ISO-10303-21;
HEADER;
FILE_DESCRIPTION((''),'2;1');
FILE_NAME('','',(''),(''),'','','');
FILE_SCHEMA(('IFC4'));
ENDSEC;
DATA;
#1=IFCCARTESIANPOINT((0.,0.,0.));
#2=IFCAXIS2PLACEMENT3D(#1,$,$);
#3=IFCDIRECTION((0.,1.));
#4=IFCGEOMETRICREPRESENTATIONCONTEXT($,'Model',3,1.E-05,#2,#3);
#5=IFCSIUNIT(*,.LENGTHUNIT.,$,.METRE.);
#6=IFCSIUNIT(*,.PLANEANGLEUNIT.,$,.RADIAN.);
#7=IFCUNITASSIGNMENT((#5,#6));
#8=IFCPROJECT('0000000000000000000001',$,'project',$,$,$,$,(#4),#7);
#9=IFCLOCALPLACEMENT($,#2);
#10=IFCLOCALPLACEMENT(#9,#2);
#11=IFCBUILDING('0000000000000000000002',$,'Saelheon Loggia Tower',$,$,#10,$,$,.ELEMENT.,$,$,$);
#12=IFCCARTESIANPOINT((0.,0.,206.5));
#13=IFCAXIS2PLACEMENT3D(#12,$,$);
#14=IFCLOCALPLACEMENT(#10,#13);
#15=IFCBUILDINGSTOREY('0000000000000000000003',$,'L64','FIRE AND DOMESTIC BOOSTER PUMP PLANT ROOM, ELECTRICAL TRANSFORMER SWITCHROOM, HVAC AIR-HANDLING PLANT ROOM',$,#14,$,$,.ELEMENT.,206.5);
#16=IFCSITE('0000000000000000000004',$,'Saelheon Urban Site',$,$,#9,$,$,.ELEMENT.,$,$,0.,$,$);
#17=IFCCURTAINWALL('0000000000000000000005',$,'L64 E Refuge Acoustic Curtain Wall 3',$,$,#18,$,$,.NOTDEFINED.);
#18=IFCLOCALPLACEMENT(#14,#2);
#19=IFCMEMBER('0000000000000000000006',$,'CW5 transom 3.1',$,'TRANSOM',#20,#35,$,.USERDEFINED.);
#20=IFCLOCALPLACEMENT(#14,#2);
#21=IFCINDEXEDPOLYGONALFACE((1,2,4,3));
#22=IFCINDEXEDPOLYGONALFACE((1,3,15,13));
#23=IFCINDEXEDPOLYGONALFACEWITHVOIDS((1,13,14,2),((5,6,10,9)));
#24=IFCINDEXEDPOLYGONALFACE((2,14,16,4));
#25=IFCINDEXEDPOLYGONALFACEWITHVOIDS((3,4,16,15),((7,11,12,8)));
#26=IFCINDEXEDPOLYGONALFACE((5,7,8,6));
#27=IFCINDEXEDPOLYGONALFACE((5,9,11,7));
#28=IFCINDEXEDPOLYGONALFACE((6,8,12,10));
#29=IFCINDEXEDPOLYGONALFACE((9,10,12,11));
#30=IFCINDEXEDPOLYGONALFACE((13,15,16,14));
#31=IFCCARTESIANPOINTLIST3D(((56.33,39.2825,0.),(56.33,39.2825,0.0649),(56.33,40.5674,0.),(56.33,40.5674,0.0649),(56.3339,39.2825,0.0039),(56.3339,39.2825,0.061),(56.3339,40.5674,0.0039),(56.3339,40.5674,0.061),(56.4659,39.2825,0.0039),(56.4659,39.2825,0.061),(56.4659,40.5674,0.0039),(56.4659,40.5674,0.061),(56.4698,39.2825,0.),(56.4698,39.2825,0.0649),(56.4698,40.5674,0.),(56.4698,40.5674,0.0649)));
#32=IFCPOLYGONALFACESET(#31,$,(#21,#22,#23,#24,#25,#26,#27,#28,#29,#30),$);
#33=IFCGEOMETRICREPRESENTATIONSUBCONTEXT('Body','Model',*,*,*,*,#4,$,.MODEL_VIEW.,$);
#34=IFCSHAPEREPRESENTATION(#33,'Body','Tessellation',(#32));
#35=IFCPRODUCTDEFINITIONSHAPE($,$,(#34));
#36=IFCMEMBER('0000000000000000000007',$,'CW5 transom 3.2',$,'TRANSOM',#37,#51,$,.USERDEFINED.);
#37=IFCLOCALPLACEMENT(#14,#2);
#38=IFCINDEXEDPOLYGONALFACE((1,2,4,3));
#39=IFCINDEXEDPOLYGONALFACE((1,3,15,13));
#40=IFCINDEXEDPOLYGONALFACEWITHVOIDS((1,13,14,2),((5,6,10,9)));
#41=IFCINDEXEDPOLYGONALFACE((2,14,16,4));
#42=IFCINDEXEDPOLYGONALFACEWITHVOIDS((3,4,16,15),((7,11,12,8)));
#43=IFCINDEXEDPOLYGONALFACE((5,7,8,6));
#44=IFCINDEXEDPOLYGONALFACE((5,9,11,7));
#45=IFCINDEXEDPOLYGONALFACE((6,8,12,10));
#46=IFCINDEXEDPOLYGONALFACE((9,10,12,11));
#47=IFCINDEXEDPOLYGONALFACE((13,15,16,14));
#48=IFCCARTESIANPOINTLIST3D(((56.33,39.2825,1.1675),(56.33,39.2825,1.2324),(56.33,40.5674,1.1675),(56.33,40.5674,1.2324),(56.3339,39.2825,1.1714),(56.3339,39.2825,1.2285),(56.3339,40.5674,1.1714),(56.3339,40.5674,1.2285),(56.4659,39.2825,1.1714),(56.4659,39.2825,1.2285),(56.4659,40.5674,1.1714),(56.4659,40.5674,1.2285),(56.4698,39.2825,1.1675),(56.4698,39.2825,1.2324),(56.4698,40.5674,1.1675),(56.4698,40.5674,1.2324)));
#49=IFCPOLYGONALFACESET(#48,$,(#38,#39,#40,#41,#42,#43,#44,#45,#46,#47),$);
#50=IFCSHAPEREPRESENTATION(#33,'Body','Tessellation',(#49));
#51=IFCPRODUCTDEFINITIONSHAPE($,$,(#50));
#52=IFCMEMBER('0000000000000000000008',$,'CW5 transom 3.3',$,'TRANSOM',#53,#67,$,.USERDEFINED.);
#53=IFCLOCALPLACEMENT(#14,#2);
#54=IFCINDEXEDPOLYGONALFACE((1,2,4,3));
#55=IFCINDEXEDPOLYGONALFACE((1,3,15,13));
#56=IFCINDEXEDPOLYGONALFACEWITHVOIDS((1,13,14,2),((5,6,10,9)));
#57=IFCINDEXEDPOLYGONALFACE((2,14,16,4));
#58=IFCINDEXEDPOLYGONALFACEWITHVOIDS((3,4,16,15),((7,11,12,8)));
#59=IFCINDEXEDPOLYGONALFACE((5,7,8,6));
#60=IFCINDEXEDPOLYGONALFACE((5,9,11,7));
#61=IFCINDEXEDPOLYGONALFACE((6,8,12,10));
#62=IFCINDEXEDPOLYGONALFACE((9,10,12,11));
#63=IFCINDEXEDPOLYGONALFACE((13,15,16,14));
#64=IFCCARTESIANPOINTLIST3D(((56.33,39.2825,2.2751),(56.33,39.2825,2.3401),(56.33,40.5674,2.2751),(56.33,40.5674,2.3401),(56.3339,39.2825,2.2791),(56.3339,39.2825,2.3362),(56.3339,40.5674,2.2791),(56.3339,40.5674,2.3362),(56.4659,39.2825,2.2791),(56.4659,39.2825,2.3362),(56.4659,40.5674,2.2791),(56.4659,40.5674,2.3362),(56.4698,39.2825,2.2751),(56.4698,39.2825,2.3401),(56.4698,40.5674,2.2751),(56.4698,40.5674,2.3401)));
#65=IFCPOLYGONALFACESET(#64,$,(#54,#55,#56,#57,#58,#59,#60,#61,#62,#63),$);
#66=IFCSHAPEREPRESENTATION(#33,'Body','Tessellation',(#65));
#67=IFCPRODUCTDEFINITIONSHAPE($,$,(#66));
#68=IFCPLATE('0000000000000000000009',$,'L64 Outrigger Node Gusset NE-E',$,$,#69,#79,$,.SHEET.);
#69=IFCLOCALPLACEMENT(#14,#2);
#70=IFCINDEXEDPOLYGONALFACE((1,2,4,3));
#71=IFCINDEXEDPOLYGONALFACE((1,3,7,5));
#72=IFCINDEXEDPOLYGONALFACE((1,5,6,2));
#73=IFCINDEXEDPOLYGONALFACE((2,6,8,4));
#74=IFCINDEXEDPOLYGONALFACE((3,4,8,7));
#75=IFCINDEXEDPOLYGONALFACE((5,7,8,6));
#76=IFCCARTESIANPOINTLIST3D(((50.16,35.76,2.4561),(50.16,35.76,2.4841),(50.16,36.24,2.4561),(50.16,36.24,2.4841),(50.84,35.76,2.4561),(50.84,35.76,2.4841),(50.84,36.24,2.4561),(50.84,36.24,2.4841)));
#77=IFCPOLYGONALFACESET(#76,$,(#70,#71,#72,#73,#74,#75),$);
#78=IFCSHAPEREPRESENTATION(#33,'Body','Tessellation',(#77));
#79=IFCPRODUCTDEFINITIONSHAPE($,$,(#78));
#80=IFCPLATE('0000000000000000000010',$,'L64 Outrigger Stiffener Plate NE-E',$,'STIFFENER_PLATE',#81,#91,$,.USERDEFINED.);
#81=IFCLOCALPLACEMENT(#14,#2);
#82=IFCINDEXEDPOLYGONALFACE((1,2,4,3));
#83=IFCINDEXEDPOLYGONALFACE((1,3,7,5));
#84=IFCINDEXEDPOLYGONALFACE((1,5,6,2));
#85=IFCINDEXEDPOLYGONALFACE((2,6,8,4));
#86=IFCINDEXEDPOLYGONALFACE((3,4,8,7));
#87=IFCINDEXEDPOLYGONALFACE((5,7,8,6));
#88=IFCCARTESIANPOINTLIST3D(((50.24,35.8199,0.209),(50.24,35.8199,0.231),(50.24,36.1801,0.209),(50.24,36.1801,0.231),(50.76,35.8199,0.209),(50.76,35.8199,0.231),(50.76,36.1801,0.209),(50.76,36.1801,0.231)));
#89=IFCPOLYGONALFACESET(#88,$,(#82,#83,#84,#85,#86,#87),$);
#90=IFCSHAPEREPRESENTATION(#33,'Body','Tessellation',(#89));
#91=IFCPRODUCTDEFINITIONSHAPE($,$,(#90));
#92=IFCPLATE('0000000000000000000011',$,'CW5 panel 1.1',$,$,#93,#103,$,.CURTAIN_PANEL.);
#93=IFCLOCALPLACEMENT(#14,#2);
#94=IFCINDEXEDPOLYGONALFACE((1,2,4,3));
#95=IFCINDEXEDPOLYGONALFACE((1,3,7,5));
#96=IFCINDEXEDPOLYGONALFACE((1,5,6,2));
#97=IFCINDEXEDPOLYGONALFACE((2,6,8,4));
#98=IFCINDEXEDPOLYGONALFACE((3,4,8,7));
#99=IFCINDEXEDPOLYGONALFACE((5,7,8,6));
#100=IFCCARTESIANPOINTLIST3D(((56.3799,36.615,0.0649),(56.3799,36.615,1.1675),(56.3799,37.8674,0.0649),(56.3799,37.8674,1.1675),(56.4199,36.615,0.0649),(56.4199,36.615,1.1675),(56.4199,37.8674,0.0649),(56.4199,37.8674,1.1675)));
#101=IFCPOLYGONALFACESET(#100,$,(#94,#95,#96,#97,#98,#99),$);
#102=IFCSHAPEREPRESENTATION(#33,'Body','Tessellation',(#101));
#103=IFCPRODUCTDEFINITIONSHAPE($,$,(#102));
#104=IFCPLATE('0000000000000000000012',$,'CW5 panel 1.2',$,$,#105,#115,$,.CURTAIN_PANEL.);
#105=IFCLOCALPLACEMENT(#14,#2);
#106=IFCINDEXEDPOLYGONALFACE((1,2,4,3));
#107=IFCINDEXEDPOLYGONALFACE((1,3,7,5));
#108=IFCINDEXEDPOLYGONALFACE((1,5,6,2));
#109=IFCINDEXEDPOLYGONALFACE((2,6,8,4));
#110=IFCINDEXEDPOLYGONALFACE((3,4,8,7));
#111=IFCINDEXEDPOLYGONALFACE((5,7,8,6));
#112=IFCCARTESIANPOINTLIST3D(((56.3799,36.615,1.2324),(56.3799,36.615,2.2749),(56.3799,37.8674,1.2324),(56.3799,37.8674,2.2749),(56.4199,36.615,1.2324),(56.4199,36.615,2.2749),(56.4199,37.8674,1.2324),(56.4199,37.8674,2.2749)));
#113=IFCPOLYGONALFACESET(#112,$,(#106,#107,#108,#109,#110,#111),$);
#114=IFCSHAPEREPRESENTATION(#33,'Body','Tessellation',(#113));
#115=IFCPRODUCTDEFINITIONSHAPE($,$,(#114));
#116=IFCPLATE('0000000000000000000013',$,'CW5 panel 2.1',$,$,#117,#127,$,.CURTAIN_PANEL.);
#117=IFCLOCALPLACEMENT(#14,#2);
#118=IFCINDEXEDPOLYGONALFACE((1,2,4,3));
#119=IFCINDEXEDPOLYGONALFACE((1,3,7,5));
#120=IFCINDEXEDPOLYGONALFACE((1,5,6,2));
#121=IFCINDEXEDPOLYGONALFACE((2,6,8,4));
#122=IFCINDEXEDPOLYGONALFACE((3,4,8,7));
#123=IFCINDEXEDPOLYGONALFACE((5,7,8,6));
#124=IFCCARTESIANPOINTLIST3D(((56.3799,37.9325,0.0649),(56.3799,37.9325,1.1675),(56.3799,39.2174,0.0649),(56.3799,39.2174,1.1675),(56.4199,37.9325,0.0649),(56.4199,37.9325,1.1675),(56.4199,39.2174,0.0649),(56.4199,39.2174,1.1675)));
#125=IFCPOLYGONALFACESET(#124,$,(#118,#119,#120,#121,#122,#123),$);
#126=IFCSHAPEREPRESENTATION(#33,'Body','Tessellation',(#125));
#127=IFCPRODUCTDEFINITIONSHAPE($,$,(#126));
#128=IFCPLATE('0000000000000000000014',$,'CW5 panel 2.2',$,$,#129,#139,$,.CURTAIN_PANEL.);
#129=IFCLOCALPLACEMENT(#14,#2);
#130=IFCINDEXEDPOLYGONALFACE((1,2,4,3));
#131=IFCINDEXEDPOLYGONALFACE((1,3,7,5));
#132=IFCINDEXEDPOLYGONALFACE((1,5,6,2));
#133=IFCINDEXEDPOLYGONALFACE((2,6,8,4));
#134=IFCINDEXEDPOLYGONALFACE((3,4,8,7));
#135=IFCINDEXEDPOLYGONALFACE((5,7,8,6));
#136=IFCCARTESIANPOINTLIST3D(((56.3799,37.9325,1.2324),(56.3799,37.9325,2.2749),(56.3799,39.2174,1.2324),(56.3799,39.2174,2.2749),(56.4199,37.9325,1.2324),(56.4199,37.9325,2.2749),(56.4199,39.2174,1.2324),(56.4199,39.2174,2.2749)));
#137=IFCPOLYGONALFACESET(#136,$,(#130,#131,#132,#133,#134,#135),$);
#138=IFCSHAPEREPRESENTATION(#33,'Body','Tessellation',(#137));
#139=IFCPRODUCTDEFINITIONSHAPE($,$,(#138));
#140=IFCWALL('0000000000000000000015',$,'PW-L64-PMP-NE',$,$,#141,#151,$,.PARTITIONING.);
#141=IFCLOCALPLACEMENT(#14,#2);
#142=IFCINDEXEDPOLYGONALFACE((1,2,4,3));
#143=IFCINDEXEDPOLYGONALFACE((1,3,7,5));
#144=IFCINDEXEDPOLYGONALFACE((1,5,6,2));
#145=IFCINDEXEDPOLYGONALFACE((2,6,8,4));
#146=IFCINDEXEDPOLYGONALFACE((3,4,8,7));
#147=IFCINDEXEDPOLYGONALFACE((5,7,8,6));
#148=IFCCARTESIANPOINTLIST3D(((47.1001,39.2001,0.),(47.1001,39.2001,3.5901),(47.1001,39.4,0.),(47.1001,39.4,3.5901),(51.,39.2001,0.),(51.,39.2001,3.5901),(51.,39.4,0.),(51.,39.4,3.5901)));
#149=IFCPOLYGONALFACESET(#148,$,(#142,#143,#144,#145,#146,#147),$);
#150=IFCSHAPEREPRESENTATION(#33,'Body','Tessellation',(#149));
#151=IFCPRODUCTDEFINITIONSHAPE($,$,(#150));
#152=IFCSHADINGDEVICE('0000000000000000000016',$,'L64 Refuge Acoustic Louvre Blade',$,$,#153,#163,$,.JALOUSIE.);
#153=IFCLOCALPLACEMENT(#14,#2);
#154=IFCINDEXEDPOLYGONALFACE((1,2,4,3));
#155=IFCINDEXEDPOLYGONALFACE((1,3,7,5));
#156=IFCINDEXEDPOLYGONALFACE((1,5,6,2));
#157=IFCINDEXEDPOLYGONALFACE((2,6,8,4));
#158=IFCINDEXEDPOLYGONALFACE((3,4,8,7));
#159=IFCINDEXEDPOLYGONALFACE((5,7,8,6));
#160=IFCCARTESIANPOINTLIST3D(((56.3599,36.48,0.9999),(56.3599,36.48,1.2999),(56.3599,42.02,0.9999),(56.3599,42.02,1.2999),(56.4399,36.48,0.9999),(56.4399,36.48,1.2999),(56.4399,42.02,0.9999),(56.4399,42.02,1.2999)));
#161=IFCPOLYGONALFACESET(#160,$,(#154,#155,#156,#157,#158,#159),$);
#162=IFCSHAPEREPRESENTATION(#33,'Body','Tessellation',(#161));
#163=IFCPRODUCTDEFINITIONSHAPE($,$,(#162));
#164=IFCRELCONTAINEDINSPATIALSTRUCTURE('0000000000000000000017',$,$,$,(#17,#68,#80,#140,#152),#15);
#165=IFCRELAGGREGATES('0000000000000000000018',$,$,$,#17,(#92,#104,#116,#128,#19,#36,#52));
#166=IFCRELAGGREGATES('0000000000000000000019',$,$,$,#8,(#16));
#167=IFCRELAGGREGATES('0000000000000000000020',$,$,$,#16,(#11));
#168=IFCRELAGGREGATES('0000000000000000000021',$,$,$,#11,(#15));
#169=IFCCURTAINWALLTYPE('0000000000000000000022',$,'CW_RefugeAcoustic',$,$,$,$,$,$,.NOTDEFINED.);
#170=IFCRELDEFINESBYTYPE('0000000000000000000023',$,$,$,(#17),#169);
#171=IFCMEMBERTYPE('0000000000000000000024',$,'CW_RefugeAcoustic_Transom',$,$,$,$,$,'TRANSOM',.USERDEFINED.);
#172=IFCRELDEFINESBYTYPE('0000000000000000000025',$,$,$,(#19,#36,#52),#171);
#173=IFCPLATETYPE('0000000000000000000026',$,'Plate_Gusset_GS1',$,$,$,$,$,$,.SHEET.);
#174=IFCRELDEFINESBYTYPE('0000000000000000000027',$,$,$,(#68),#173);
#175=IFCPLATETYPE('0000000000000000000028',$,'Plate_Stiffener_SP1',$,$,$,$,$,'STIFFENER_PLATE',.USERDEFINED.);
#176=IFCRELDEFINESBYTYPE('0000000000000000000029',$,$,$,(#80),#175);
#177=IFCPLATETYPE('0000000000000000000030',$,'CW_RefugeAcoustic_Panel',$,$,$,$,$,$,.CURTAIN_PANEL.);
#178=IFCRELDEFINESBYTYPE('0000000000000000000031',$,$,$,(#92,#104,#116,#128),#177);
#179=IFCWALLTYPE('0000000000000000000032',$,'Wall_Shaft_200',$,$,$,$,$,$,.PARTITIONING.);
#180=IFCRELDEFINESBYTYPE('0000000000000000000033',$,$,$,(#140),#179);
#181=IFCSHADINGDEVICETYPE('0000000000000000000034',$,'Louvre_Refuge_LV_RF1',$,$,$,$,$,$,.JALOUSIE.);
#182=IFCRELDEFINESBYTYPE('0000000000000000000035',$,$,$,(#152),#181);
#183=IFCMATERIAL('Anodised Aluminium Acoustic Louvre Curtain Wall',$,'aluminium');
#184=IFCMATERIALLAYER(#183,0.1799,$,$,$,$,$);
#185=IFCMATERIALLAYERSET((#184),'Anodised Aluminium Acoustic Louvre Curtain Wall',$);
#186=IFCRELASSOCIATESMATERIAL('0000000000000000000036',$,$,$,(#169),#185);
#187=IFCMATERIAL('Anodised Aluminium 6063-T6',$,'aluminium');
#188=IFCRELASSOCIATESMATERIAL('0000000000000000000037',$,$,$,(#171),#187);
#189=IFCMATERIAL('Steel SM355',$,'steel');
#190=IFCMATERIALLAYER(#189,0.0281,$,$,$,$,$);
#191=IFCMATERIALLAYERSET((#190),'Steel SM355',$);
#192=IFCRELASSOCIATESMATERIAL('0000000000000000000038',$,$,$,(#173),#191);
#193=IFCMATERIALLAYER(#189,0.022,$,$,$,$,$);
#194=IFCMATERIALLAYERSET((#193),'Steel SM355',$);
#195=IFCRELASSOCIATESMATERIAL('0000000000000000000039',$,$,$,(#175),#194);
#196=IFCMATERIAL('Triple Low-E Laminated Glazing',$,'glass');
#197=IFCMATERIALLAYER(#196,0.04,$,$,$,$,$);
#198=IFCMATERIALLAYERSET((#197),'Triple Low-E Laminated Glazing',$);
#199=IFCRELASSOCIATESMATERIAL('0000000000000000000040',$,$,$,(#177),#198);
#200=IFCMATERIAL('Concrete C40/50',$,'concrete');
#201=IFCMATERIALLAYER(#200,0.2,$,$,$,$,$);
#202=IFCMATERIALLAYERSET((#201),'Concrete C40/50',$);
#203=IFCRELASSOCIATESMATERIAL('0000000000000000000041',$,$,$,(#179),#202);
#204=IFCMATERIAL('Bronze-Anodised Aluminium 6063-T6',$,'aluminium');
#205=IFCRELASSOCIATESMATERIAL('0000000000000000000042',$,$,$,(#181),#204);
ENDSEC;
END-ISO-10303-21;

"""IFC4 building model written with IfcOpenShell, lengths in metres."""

from ifc_helpers import new_model, si_unit, direction, frame, frame_2d, origin, origin_2d, place, context, subcontext, project, spatial, rectangle, hollow_rectangle, extrude, source, transform, mapped, material, layer, layer_set, material_profile, profile_set, type_object, element, aggregate, save


model = new_model("IFC4")

# Units and contexts
model_context = context("Model", 3, precision=1e-05, world=origin(), true_north=direction((0.0, 1.0)))
body_context = subcontext(model_context, "Body", "Model", "MODEL_VIEW")
ifc_project = project(units=[si_unit("LENGTHUNIT", "METRE"), si_unit("PLANEANGLEUNIT", "RADIAN")], contexts=[model_context])

# Site, building, storey
site_placement = place(None, origin())
site = spatial("IfcSite", under=ifc_project, at=site_placement, Name="Saelheon Urban Site", CompositionType="ELEMENT", RefElevation=0.0)
building_placement = place(site_placement, origin())
building = spatial("IfcBuilding", under=site, at=building_placement, Name="Saelheon Loggia Tower", CompositionType="ELEMENT")
storey_placement = place(building_placement, frame((0.0, 0.0, 206.5)))
storey = spatial("IfcBuildingStorey", under=building, at=storey_placement, Name="L64", Description="FIRE AND DOMESTIC BOOSTER PUMP PLANT ROOM, ELECTRICAL TRANSFORMER SWITCHROOM, HVAC AIR-HANDLING PLANT ROOM", CompositionType="ELEMENT", Elevation=206.5)

# Shared definitions
ifc_material_1 = material(Name="Steel SM355", Category="steel")

# Curtain wall, members
ifc_material_2 = material(Name="Anodised Aluminium Acoustic Louvre Curtain Wall", Category="aluminium")
ifc_layer_1 = layer(ifc_material_2, 0.1799)
ifc_layer_set_1 = layer_set([ifc_layer_1], Name="Anodised Aluminium Acoustic Louvre Curtain Wall")
curtain_wall_type = type_object("IfcCurtainWallType", Name="CW_RefugeAcoustic", PredefinedType="NOTDEFINED", material=ifc_layer_set_1)
curtain_wall_placement = place(storey_placement, origin())
curtain_wall = element("IfcCurtainWall", 1, at=curtain_wall_placement, inside=storey, type_object=curtain_wall_type, Name="L64 E Refuge Acoustic Curtain Wall 3", PredefinedType="NOTDEFINED")
ifc_material_3 = material(Name="Anodised Aluminium 6063-T6", Category="aluminium")
ifc_material_profile_1 = material_profile(ifc_material_3, hollow_rectangle(XDim=0.0649, YDim=0.1399, WallThickness=0.0039, at=origin_2d()), Name="RHS-140x65x4")
ifc_profile_set_1 = profile_set([ifc_material_profile_1], Name="Anodised Aluminium 6063-T6")
member_type_1 = type_object("IfcMemberType", Name="CW_RefugeAcoustic_Transom", ElementType="TRANSOM", PredefinedType="USERDEFINED", material=ifc_profile_set_1)
shared_shape_1 = source(origin(), body_context, "Body", "SweptSolid", [
    extrude(hollow_rectangle(XDim=0.0649, YDim=0.1399, WallThickness=0.0039, at=origin_2d()), origin(), (0.0, 0.0, 1.0), 1.2849),
])
member_1_placement = place(storey_placement, frame((56.3999, 39.2825, 0.0325), z_axis=(0.0, 1.0, 0.0), x_axis=(0.0, 0.0, 1.0)))
member_1 = element("IfcMember", 2, at=member_1_placement, type_object=member_type_1, Name="CW5 transom 3.1", ObjectType="TRANSOM", PredefinedType="USERDEFINED", context=body_context, shape_type="MappedRepresentation", body=[
    mapped(shared_shape_1, transform((0.0, 0.0, 0.0), scale=1.0)),
])
member_2_placement = place(storey_placement, frame((56.3999, 39.2825, 1.2), z_axis=(0.0, 1.0, 0.0), x_axis=(0.0, 0.0, 1.0)))
member_2 = element("IfcMember", 3, at=member_2_placement, type_object=member_type_1, Name="CW5 transom 3.2", ObjectType="TRANSOM", PredefinedType="USERDEFINED", context=body_context, shape_type="MappedRepresentation", body=[
    mapped(shared_shape_1, transform((0.0, 0.0, 0.0), scale=1.0)),
])
member_3_placement = place(storey_placement, frame((56.3999, 39.2825, 2.3076), z_axis=(0.0, 1.0, 0.0), x_axis=(0.0, 0.0, 1.0)))
member_3 = element("IfcMember", 4, at=member_3_placement, type_object=member_type_1, Name="CW5 transom 3.3", ObjectType="TRANSOM", PredefinedType="USERDEFINED", context=body_context, shape_type="MappedRepresentation", body=[
    mapped(shared_shape_1, transform((0.0, 0.0, 0.0), scale=1.0)),
])

# Plates
ifc_layer_2 = layer(ifc_material_1, 0.0281)
ifc_layer_set_2 = layer_set([ifc_layer_2], Name="Steel SM355")
plate_type_1 = type_object("IfcPlateType", Name="Plate_Gusset_GS1", PredefinedType="SHEET", material=ifc_layer_set_2)
shared_shape_2 = source(origin(), body_context, "Body", "SweptSolid", [
    extrude(rectangle(XDim=0.6799, YDim=0.48, at=origin_2d()), origin(), (0.0, 0.0, 1.0), 0.0281),
])
plate_1_placement = place(storey_placement, frame((50.5, 36.0, 2.4561), z_axis=(0.0, 0.0, 1.0), x_axis=(1.0, 0.0, 0.0)))
element("IfcPlate", 5, at=plate_1_placement, inside=storey, type_object=plate_type_1, Name="L64 Outrigger Node Gusset NE-E", PredefinedType="SHEET", context=body_context, shape_type="MappedRepresentation", body=[
    mapped(shared_shape_2, transform((0.0, 0.0, 0.0), scale=1.0)),
])
ifc_layer_3 = layer(ifc_material_1, 0.022)
ifc_layer_set_3 = layer_set([ifc_layer_3], Name="Steel SM355")
plate_type_2 = type_object("IfcPlateType", Name="Plate_Stiffener_SP1", ElementType="STIFFENER_PLATE", PredefinedType="USERDEFINED", material=ifc_layer_set_3)
shared_shape_3 = source(origin(), body_context, "Body", "SweptSolid", [
    extrude(rectangle(XDim=0.52, YDim=0.3601, at=origin_2d()), origin(), (0.0, 0.0, 1.0), 0.022),
])
plate_2_placement = place(storey_placement, frame((50.5, 36.0, 0.209), z_axis=(0.0, 0.0, 1.0), x_axis=(1.0, 0.0, 0.0)))
element("IfcPlate", 6, at=plate_2_placement, inside=storey, type_object=plate_type_2, Name="L64 Outrigger Stiffener Plate NE-E", ObjectType="STIFFENER_PLATE", PredefinedType="USERDEFINED", context=body_context, shape_type="MappedRepresentation", body=[
    mapped(shared_shape_3, transform((0.0, 0.0, 0.0), scale=1.0)),
])

# Plates
ifc_material_4 = material(Name="Triple Low-E Laminated Glazing", Category="glass")
ifc_layer_4 = layer(ifc_material_4, 0.04)
ifc_layer_set_4 = layer_set([ifc_layer_4], Name="Triple Low-E Laminated Glazing")
plate_type_3 = type_object("IfcPlateType", Name="CW_RefugeAcoustic_Panel", PredefinedType="CURTAIN_PANEL", material=ifc_layer_set_4)
shared_shape_4 = source(origin(), body_context, "Body", "SweptSolid", [
    extrude(rectangle(XDim=1.2524, YDim=0.04, at=origin_2d()), origin(), (0.0, 0.0, 1.0), 1.1025),
])
plate_3_placement = place(storey_placement, frame((56.3999, 37.2412, 0.0649), z_axis=(0.0, 0.0, 1.0), x_axis=(0.0, 1.0, 0.0)))
plate_3 = element("IfcPlate", 7, at=plate_3_placement, type_object=plate_type_3, Name="CW5 panel 1.1", PredefinedType="CURTAIN_PANEL", context=body_context, shape_type="MappedRepresentation", body=[
    mapped(shared_shape_4, transform((0.0, 0.0, 0.0), scale=1.0)),
])
shared_shape_5 = source(origin(), body_context, "Body", "SweptSolid", [
    extrude(rectangle(XDim=1.2524, YDim=0.04, at=origin_2d()), origin(), (0.0, 0.0, 1.0), 1.0425),
])
plate_4_placement = place(storey_placement, frame((56.3999, 37.2412, 1.2324), z_axis=(0.0, 0.0, 1.0), x_axis=(0.0, 1.0, 0.0)))
plate_4 = element("IfcPlate", 8, at=plate_4_placement, type_object=plate_type_3, Name="CW5 panel 1.2", PredefinedType="CURTAIN_PANEL", context=body_context, shape_type="MappedRepresentation", body=[
    mapped(shared_shape_5, transform((0.0, 0.0, 0.0), scale=1.0)),
])
shared_shape_6 = source(origin(), body_context, "Body", "SweptSolid", [
    extrude(rectangle(XDim=1.2849, YDim=0.04, at=origin_2d()), origin(), (0.0, 0.0, 1.0), 1.1025),
])
plate_5_placement = place(storey_placement, frame((56.3999, 38.575, 0.0649), z_axis=(0.0, 0.0, 1.0), x_axis=(0.0, 1.0, 0.0)))
plate_5 = element("IfcPlate", 9, at=plate_5_placement, type_object=plate_type_3, Name="CW5 panel 2.1", PredefinedType="CURTAIN_PANEL", context=body_context, shape_type="MappedRepresentation", body=[
    mapped(shared_shape_6, transform((0.0, 0.0, 0.0), scale=1.0)),
])
shared_shape_7 = source(origin(), body_context, "Body", "SweptSolid", [
    extrude(rectangle(XDim=1.2849, YDim=0.04, at=origin_2d()), origin(), (0.0, 0.0, 1.0), 1.0425),
])
plate_6_placement = place(storey_placement, frame((56.3999, 38.575, 1.2324), z_axis=(0.0, 0.0, 1.0), x_axis=(0.0, 1.0, 0.0)))
plate_6 = element("IfcPlate", 10, at=plate_6_placement, type_object=plate_type_3, Name="CW5 panel 2.2", PredefinedType="CURTAIN_PANEL", context=body_context, shape_type="MappedRepresentation", body=[
    mapped(shared_shape_7, transform((0.0, 0.0, 0.0), scale=1.0)),
])
aggregate(curtain_wall, [plate_3, plate_4, plate_5, plate_6, member_1, member_2, member_3])

# Wall
ifc_material_5 = material(Name="Concrete C40/50", Category="concrete")
ifc_layer_5 = layer(ifc_material_5, 0.2)
ifc_layer_set_5 = layer_set([ifc_layer_5], Name="Concrete C40/50")
wall_type = type_object("IfcWallType", Name="Wall_Shaft_200", PredefinedType="PARTITIONING", material=ifc_layer_set_5)
wall_placement = place(storey_placement, frame((47.1001, 39.3, 0.0), z_axis=(0.0, 0.0, 1.0), x_axis=(1.0, 0.0, 0.0)))
element("IfcWall", 11, at=wall_placement, inside=storey, type_object=wall_type, Name="PW-L64-PMP-NE", PredefinedType="PARTITIONING", context=body_context, shape_type="SweptSolid", body=[
    extrude(rectangle(XDim=3.8999, YDim=0.2, at=frame_2d((1.95, 0.0))), origin(), (0.0, 0.0, 1.0), 3.5901),
])

# Shading device
ifc_material_6 = material(Name="Bronze-Anodised Aluminium 6063-T6", Category="aluminium")
ifc_material_profile_2 = material_profile(ifc_material_6, rectangle(XDim=0.0801, YDim=0.3, at=origin_2d()), Name="Louvre_Refuge_LV_RF1")
ifc_profile_set_2 = profile_set([ifc_material_profile_2], Name="Bronze-Anodised Aluminium 6063-T6")
shading_device_type = type_object("IfcShadingDeviceType", Name="Louvre_Refuge_LV_RF1", PredefinedType="JALOUSIE", material=ifc_profile_set_2)
shared_shape_8 = source(origin(), body_context, "Body", "SweptSolid", [
    extrude(rectangle(XDim=0.0801, YDim=0.3, at=origin_2d()), origin(), (0.0, 0.0, 1.0), 5.54),
])
shading_device_placement = place(storey_placement, frame((56.3999, 36.48, 1.1499), z_axis=(0.0, 1.0, 0.0), x_axis=(-1.0, 0.0, 0.0)))
element("IfcShadingDevice", 12, at=shading_device_placement, inside=storey, type_object=shading_device_type, Name="L64 Refuge Acoustic Louvre Blade", PredefinedType="JALOUSIE", context=body_context, shape_type="MappedRepresentation", body=[
    mapped(shared_shape_8, transform((0.0, 0.0, 0.0), scale=1.0)),
])

save(model, "model.ifc")
